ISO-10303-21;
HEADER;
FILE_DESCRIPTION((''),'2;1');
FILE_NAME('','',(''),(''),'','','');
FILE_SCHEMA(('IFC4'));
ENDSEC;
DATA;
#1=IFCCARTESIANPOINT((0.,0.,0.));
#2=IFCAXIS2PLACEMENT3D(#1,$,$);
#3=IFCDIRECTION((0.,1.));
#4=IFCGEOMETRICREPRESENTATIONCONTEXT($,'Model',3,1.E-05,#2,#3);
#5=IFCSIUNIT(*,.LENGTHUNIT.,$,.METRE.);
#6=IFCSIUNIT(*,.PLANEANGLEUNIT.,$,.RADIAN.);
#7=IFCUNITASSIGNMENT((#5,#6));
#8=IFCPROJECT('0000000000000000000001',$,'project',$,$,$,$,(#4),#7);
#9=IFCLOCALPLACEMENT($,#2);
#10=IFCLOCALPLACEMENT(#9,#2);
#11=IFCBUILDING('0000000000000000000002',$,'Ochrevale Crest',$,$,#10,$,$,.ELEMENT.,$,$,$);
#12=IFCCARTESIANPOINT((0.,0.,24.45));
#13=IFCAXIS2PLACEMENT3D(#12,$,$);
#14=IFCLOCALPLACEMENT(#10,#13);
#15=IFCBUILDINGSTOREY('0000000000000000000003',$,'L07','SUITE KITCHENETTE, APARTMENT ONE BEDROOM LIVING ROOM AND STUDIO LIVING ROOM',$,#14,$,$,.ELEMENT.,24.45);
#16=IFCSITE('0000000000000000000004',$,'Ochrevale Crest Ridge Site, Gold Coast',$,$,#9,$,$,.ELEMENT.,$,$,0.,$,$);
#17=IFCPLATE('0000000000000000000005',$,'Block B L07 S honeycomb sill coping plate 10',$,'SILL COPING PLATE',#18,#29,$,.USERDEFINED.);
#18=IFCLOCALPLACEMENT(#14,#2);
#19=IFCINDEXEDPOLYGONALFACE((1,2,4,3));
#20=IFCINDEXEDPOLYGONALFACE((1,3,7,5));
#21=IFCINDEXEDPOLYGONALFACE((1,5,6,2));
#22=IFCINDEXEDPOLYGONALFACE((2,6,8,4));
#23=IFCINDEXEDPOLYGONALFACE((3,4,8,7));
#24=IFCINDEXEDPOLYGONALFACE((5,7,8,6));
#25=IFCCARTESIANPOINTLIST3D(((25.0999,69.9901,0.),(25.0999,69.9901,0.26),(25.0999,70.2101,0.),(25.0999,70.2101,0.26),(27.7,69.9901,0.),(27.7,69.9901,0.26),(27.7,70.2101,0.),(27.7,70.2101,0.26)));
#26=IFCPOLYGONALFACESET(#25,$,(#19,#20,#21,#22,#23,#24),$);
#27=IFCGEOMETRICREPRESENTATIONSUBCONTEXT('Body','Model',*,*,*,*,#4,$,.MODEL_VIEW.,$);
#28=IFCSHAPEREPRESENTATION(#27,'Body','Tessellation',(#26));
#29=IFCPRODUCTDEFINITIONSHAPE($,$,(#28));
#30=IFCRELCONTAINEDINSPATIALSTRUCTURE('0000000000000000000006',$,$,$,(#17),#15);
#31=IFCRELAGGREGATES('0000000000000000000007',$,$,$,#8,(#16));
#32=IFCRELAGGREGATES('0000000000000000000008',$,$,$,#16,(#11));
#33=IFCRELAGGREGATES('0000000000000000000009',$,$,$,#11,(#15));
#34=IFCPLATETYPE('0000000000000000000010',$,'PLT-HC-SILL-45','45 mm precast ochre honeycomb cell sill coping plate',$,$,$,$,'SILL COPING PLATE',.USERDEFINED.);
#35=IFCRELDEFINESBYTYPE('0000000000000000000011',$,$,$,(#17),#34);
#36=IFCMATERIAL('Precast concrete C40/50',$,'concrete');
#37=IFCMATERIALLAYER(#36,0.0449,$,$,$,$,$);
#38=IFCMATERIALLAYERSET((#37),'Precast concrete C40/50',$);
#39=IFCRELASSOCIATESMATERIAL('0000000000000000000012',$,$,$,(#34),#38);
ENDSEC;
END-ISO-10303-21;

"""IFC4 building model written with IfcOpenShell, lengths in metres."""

from ifc_helpers import new_model, si_unit, direction, frame, origin, origin_2d, place, context, subcontext, project, spatial, rectangle, extrude, material, layer, layer_set, type_object, element, save


model = new_model("IFC4")

# Units and contexts
model_context = context("Model", 3, precision=1e-05, world=origin(), true_north=direction((0.0, 1.0)))
body_context = subcontext(model_context, "Body", "Model", "MODEL_VIEW")
ifc_project = project(units=[si_unit("LENGTHUNIT", "METRE"), si_unit("PLANEANGLEUNIT", "RADIAN")], contexts=[model_context])

# Site, building, storey
site_placement = place(None, origin())
site = spatial("IfcSite", under=ifc_project, at=site_placement, Name="Ochrevale Crest Ridge Site, Gold Coast", CompositionType="ELEMENT", RefElevation=0.0)
building_placement = place(site_placement, origin())
building = spatial("IfcBuilding", under=site, at=building_placement, Name="Ochrevale Crest", CompositionType="ELEMENT")
storey_placement = place(building_placement, frame((0.0, 0.0, 24.45)))
storey = spatial("IfcBuildingStorey", under=building, at=storey_placement, Name="L07", Description="SUITE KITCHENETTE, APARTMENT ONE BEDROOM LIVING ROOM AND STUDIO LIVING ROOM", CompositionType="ELEMENT", Elevation=24.45)

# Plate
ifc_material = material(Name="Precast concrete C40/50", Category="concrete")
ifc_layer_1 = layer(ifc_material, 0.0449)
ifc_layer_set_1 = layer_set([ifc_layer_1], Name="Precast concrete C40/50")
plate_type_1 = type_object("IfcPlateType", Name="PLT-HC-SILL-45", Description="45 mm precast ochre honeycomb cell sill coping plate", ElementType="SILL COPING PLATE", PredefinedType="USERDEFINED", material=ifc_layer_set_1)
for number, where, z_axis, x_axis, name in (
    (1, (26.3999, 70.1001, 0.0), (0.0, 0.0, 1.0), (1.0, 0.0, 0.0), "Block B L07 S honeycomb sill coping plate 10"),
):
    element("IfcPlate", number, at=place(storey_placement, frame(where, z_axis=z_axis, x_axis=x_axis)), inside=storey, type_object=plate_type_1, Name=name, ObjectType="SILL COPING PLATE", PredefinedType="USERDEFINED", context=body_context, shape_type="SweptSolid", body=[
        extrude(rectangle(XDim=2.6001, YDim=0.22, at=origin_2d()), origin(), (0.0, 0.0, 1.0), 0.26),
    ])

save(model, "model.ifc")
